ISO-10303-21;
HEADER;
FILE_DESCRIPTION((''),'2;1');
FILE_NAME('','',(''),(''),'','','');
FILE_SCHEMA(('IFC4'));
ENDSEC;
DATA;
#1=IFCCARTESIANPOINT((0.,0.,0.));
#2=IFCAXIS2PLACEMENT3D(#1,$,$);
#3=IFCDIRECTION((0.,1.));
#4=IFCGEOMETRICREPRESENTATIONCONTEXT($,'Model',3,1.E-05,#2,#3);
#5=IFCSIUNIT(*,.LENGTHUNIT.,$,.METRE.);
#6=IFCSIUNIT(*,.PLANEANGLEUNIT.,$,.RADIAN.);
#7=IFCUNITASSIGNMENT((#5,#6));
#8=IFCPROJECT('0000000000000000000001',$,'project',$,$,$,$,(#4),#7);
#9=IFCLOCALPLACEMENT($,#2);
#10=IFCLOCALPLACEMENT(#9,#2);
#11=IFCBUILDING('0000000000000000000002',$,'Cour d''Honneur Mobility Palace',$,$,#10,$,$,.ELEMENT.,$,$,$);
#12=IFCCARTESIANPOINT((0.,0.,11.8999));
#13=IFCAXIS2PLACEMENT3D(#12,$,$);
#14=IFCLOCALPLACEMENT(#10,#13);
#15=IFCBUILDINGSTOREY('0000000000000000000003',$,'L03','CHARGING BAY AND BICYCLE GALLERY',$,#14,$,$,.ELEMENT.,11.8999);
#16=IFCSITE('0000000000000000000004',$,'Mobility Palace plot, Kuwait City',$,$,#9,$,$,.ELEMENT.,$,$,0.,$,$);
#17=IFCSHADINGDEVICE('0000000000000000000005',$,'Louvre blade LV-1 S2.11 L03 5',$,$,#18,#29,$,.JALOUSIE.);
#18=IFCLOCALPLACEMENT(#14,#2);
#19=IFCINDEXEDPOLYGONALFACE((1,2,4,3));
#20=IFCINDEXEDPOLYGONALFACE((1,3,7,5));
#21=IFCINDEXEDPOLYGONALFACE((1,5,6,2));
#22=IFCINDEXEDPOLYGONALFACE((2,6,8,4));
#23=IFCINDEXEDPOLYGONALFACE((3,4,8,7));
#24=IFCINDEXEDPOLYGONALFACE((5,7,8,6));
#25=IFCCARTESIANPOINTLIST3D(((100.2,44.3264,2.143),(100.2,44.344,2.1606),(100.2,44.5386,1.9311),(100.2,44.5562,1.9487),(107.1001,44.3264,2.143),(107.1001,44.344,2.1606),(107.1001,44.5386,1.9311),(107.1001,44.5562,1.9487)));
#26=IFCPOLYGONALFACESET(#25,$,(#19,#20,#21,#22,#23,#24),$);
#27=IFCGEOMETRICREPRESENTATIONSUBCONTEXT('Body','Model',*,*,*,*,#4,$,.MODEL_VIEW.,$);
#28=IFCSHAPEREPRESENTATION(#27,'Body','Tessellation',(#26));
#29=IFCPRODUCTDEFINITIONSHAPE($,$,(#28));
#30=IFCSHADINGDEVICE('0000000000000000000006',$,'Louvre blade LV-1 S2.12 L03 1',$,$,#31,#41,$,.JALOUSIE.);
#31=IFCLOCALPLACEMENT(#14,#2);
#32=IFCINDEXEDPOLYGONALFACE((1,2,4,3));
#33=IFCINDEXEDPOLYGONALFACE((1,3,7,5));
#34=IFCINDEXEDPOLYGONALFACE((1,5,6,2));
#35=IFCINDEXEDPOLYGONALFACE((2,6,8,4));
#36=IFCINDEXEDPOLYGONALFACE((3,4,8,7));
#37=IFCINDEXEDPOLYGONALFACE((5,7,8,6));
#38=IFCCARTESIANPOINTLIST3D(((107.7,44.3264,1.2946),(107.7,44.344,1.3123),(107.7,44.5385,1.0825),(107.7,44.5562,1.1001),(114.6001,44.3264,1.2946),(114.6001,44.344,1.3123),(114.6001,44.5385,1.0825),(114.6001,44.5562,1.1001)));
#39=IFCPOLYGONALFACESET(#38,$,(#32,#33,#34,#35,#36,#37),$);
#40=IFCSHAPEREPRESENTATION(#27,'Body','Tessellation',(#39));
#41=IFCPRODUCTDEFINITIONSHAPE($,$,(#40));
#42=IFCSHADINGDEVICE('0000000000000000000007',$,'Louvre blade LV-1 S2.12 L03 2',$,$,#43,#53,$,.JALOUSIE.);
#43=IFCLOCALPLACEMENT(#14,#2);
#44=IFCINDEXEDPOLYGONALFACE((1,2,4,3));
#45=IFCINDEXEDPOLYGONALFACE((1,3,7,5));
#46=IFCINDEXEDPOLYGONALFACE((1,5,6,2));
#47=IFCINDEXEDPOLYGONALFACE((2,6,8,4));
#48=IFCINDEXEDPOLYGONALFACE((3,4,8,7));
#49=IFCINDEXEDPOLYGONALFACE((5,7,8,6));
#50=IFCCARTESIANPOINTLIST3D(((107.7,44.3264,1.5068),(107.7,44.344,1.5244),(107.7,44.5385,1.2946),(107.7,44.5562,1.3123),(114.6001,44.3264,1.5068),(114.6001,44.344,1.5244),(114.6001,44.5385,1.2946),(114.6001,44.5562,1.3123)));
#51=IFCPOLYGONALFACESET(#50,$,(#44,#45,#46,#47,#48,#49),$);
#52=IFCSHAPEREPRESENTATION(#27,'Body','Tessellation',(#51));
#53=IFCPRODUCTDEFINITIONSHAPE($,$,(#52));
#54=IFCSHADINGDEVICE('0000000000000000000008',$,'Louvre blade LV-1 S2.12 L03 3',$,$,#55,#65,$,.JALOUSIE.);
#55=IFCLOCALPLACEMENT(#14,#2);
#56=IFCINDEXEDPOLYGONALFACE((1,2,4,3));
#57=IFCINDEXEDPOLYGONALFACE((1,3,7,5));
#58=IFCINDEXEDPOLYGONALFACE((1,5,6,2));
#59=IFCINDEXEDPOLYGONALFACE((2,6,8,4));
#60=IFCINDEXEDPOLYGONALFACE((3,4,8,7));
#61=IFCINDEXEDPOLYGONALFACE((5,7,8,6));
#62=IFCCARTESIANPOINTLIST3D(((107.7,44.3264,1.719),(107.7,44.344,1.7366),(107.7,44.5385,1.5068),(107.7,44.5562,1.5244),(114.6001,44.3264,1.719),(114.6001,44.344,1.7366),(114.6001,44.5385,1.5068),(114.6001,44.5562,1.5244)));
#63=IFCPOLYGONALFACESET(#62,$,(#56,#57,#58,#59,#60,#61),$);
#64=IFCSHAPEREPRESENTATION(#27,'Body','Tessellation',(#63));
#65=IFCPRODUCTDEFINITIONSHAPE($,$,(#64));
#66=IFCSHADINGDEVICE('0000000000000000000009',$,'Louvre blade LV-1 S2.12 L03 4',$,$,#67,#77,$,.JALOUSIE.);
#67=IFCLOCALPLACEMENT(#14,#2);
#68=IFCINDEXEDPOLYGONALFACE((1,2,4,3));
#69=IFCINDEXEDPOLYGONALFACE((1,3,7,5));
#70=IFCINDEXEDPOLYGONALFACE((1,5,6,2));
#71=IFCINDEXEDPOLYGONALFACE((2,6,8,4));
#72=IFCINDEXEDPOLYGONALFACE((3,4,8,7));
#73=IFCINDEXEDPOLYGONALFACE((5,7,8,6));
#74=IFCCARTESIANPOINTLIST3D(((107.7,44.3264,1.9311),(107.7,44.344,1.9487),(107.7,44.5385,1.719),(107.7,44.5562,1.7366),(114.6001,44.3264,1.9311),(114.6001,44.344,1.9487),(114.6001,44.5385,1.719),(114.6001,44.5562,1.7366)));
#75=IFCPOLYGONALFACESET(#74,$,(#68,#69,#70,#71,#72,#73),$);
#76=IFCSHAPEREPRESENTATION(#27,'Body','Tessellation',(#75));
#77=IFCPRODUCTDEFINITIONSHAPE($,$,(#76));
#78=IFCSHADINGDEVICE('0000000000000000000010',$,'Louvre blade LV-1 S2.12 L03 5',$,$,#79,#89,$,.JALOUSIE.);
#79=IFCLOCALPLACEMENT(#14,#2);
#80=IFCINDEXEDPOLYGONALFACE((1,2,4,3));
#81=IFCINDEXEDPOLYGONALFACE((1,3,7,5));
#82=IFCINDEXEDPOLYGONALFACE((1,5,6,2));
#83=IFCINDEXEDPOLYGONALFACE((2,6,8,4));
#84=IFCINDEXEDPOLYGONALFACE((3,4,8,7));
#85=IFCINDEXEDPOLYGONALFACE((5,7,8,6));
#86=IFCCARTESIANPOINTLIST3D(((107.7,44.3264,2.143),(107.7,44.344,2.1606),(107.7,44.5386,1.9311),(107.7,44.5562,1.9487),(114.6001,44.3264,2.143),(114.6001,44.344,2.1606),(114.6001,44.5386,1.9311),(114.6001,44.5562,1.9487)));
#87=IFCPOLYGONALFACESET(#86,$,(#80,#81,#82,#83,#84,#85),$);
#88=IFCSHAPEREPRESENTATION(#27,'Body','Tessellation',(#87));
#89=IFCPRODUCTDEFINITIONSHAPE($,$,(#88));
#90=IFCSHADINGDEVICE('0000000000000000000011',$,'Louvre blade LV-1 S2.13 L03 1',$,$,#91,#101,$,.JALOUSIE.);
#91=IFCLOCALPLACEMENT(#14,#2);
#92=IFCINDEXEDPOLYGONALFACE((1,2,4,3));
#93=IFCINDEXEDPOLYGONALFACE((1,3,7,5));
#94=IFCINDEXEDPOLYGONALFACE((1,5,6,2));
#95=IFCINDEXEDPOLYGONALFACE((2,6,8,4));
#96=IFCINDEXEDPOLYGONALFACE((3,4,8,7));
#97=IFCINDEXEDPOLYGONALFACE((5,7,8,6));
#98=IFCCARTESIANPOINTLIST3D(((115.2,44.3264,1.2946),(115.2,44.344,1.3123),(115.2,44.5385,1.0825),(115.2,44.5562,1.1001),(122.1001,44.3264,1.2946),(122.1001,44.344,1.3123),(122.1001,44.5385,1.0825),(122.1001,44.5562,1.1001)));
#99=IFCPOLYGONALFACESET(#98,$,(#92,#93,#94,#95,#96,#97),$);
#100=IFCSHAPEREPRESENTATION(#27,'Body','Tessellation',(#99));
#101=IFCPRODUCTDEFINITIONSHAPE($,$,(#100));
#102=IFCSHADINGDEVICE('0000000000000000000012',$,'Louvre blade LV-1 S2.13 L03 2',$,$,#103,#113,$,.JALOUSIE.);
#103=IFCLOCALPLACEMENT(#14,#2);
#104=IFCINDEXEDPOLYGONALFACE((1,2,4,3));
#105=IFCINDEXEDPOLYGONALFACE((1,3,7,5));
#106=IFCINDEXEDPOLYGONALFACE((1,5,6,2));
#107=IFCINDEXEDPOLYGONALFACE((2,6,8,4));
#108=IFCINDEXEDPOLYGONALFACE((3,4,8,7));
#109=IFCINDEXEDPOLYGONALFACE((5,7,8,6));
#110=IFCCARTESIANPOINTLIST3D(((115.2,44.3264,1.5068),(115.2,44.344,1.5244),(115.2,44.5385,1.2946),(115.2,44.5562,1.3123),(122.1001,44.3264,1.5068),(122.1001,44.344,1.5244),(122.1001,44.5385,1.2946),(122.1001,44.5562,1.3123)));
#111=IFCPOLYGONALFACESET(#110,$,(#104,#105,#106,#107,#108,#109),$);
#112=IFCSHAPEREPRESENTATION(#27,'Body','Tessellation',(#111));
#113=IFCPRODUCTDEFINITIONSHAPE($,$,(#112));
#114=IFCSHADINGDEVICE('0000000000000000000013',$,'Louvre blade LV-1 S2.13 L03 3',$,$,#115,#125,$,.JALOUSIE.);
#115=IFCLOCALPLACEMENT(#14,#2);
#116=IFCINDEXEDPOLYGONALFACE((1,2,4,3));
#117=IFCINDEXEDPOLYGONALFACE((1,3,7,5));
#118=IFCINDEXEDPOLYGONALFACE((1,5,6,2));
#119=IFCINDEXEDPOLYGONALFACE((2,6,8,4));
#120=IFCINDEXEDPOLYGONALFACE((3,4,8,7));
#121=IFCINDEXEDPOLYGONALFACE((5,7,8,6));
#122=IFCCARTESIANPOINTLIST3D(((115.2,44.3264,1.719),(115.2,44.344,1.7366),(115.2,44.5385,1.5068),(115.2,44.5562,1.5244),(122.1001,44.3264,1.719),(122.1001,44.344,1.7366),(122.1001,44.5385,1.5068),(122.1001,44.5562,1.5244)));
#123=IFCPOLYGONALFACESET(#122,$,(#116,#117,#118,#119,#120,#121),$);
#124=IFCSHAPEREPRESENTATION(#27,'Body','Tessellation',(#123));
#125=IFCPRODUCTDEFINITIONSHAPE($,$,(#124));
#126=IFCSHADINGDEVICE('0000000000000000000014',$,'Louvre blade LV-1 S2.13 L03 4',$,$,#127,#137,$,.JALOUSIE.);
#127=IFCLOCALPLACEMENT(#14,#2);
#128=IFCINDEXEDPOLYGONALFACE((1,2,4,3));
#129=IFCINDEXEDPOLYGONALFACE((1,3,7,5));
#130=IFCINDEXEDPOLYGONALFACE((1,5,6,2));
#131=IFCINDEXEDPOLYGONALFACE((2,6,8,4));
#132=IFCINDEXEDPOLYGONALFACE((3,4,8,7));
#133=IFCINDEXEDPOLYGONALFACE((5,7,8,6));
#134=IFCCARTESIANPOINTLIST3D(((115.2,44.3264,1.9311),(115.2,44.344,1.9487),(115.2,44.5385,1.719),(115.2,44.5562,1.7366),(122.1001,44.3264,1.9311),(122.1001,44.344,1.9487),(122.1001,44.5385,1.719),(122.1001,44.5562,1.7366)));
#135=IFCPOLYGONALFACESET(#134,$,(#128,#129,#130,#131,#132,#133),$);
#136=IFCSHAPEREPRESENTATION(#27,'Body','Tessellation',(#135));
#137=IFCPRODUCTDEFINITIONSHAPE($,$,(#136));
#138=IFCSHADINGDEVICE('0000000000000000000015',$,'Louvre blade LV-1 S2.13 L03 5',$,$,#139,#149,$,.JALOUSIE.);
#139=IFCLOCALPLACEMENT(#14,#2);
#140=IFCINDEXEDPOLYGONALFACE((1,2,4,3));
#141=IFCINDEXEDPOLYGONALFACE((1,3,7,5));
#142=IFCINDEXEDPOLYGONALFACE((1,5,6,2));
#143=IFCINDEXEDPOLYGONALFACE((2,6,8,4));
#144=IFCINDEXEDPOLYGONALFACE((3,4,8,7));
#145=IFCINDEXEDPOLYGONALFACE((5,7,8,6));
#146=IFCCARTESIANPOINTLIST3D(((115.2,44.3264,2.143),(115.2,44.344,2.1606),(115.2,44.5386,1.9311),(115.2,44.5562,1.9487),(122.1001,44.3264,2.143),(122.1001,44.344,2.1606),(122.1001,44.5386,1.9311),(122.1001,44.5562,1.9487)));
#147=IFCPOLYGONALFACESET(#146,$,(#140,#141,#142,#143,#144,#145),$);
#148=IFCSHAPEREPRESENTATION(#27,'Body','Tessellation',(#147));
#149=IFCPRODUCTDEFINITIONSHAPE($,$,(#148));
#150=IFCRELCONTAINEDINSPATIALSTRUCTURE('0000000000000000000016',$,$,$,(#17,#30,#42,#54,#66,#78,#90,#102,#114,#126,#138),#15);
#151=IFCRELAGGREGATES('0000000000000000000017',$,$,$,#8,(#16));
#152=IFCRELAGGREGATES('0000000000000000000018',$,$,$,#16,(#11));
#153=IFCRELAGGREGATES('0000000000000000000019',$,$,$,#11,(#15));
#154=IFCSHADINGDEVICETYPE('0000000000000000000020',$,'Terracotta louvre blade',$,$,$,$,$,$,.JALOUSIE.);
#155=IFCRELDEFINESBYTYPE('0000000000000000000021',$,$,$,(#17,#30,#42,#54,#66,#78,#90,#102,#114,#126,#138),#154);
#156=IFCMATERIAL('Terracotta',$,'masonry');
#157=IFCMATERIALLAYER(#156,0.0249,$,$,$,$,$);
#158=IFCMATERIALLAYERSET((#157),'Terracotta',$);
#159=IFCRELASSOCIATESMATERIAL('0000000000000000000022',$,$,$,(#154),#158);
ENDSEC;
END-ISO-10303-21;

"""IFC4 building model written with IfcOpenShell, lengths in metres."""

from ifc_helpers import new_model, si_unit, direction, frame, origin, place, context, subcontext, project, spatial, polyline, outline, extrude, material, layer, layer_set, type_object, element, save


model = new_model("IFC4")

# Units and contexts
model_context = context("Model", 3, precision=1e-05, world=origin(), true_north=direction((0.0, 1.0)))
body_context = subcontext(model_context, "Body", "Model", "MODEL_VIEW")
ifc_project = project(units=[si_unit("LENGTHUNIT", "METRE"), si_unit("PLANEANGLEUNIT", "RADIAN")], contexts=[model_context])

# Site, building, storey
site_placement = place(None, origin())
site = spatial("IfcSite", under=ifc_project, at=site_placement, Name="Mobility Palace plot, Kuwait City", CompositionType="ELEMENT", RefElevation=0.0)
building_placement = place(site_placement, origin())
building = spatial("IfcBuilding", under=site, at=building_placement, Name="Cour d'Honneur Mobility Palace", CompositionType="ELEMENT")
storey_placement = place(building_placement, frame((0.0, 0.0, 11.8999)))
storey = spatial("IfcBuildingStorey", under=building, at=storey_placement, Name="L03", Description="CHARGING BAY AND BICYCLE GALLERY", CompositionType="ELEMENT", Elevation=11.8999)

# Shading devices
ifc_material_1 = material(Name="Terracotta", Category="masonry")
ifc_layer_1 = layer(ifc_material_1, 0.0249)
ifc_layer_set_1 = layer_set([ifc_layer_1], Name="Terracotta")
shading_device_type = type_object("IfcShadingDeviceType", Name="Terracotta louvre blade", PredefinedType="JALOUSIE", material=ifc_layer_set_1)
shading_device_1_placement = place(storey_placement, frame((100.2, 44.5562, 1.9487), z_axis=(0.0, 0.7067, 0.707514), x_axis=(1.0, 0.0, 0.0)))
element("IfcShadingDevice", 1, at=shading_device_1_placement, inside=storey, type_object=shading_device_type, Name="Louvre blade LV-1 S2.11 L03 5", PredefinedType="JALOUSIE", context=body_context, shape_type="SweptSolid", body=[
    extrude(outline(polyline([(0.0, 0.0), (6.9001, 0.0), (6.9001, -0.2999), (0.0, -0.2999), (0.0, 0.0)])), origin(), (0.0, 0.0, -1.0), 0.0249),
])
for number, where, z_axis, x_axis, name in (
    (2, (107.7, 44.5562, 1.1001), (0.0, 0.707107, 0.707107), (1.0, 0.0, 0.0), "Louvre blade LV-1 S2.12 L03 1"),
    (3, (107.7, 44.5562, 1.3123), (0.0, 0.707107, 0.707107), (1.0, 0.0, 0.0), "Louvre blade LV-1 S2.12 L03 2"),
    (4, (107.7, 44.5562, 1.5244), (0.0, 0.707107, 0.707107), (1.0, 0.0, 0.0), "Louvre blade LV-1 S2.12 L03 3"),
    (5, (107.7, 44.5562, 1.7366), (0.0, 0.707107, 0.707107), (1.0, 0.0, 0.0), "Louvre blade LV-1 S2.12 L03 4"),
):
    element("IfcShadingDevice", number, at=place(storey_placement, frame(where, z_axis=z_axis, x_axis=x_axis)), inside=storey, type_object=shading_device_type, Name=name, PredefinedType="JALOUSIE", context=body_context, shape_type="SweptSolid", body=[
        extrude(outline(polyline([(0.0, 0.0), (6.9001, 0.0), (6.9001, -0.3), (0.0, -0.3), (0.0, 0.0)])), origin(), (0.0, 0.0, -1.0), 0.0249),
    ])
shading_device_2_placement = place(storey_placement, frame((107.7, 44.5562, 1.9487), z_axis=(0.0, 0.7067, 0.707514), x_axis=(1.0, 0.0, 0.0)))
element("IfcShadingDevice", 6, at=shading_device_2_placement, inside=storey, type_object=shading_device_type, Name="Louvre blade LV-1 S2.12 L03 5", PredefinedType="JALOUSIE", context=body_context, shape_type="SweptSolid", body=[
    extrude(outline(polyline([(0.0, 0.0), (6.9001, 0.0), (6.9001, -0.2999), (0.0, -0.2999), (0.0, 0.0)])), origin(), (0.0, 0.0, -1.0), 0.0249),
])
for number, where, z_axis, x_axis, name in (
    (7, (115.2, 44.5562, 1.1001), (0.0, 0.707107, 0.707107), (1.0, 0.0, 0.0), "Louvre blade LV-1 S2.13 L03 1"),
    (8, (115.2, 44.5562, 1.3123), (0.0, 0.707107, 0.707107), (1.0, 0.0, 0.0), "Louvre blade LV-1 S2.13 L03 2"),
    (9, (115.2, 44.5562, 1.5244), (0.0, 0.707107, 0.707107), (1.0, 0.0, 0.0), "Louvre blade LV-1 S2.13 L03 3"),
    (10, (115.2, 44.5562, 1.7366), (0.0, 0.707107, 0.707107), (1.0, 0.0, 0.0), "Louvre blade LV-1 S2.13 L03 4"),
):
    element("IfcShadingDevice", number, at=place(storey_placement, frame(where, z_axis=z_axis, x_axis=x_axis)), inside=storey, type_object=shading_device_type, Name=name, PredefinedType="JALOUSIE", context=body_context, shape_type="SweptSolid", body=[
        extrude(outline(polyline([(0.0, 0.0), (6.9001, 0.0), (6.9001, -0.3), (0.0, -0.3), (0.0, 0.0)])), origin(), (0.0, 0.0, -1.0), 0.0249),
    ])
shading_device_3_placement = place(storey_placement, frame((115.2, 44.5562, 1.9487), z_axis=(0.0, 0.7067, 0.707514), x_axis=(1.0, 0.0, 0.0)))
element("IfcShadingDevice", 11, at=shading_device_3_placement, inside=storey, type_object=shading_device_type, Name="Louvre blade LV-1 S2.13 L03 5", PredefinedType="JALOUSIE", context=body_context, shape_type="SweptSolid", body=[
    extrude(outline(polyline([(0.0, 0.0), (6.9001, 0.0), (6.9001, -0.2999), (0.0, -0.2999), (0.0, 0.0)])), origin(), (0.0, 0.0, -1.0), 0.0249),
])

save(model, "model.ifc")
